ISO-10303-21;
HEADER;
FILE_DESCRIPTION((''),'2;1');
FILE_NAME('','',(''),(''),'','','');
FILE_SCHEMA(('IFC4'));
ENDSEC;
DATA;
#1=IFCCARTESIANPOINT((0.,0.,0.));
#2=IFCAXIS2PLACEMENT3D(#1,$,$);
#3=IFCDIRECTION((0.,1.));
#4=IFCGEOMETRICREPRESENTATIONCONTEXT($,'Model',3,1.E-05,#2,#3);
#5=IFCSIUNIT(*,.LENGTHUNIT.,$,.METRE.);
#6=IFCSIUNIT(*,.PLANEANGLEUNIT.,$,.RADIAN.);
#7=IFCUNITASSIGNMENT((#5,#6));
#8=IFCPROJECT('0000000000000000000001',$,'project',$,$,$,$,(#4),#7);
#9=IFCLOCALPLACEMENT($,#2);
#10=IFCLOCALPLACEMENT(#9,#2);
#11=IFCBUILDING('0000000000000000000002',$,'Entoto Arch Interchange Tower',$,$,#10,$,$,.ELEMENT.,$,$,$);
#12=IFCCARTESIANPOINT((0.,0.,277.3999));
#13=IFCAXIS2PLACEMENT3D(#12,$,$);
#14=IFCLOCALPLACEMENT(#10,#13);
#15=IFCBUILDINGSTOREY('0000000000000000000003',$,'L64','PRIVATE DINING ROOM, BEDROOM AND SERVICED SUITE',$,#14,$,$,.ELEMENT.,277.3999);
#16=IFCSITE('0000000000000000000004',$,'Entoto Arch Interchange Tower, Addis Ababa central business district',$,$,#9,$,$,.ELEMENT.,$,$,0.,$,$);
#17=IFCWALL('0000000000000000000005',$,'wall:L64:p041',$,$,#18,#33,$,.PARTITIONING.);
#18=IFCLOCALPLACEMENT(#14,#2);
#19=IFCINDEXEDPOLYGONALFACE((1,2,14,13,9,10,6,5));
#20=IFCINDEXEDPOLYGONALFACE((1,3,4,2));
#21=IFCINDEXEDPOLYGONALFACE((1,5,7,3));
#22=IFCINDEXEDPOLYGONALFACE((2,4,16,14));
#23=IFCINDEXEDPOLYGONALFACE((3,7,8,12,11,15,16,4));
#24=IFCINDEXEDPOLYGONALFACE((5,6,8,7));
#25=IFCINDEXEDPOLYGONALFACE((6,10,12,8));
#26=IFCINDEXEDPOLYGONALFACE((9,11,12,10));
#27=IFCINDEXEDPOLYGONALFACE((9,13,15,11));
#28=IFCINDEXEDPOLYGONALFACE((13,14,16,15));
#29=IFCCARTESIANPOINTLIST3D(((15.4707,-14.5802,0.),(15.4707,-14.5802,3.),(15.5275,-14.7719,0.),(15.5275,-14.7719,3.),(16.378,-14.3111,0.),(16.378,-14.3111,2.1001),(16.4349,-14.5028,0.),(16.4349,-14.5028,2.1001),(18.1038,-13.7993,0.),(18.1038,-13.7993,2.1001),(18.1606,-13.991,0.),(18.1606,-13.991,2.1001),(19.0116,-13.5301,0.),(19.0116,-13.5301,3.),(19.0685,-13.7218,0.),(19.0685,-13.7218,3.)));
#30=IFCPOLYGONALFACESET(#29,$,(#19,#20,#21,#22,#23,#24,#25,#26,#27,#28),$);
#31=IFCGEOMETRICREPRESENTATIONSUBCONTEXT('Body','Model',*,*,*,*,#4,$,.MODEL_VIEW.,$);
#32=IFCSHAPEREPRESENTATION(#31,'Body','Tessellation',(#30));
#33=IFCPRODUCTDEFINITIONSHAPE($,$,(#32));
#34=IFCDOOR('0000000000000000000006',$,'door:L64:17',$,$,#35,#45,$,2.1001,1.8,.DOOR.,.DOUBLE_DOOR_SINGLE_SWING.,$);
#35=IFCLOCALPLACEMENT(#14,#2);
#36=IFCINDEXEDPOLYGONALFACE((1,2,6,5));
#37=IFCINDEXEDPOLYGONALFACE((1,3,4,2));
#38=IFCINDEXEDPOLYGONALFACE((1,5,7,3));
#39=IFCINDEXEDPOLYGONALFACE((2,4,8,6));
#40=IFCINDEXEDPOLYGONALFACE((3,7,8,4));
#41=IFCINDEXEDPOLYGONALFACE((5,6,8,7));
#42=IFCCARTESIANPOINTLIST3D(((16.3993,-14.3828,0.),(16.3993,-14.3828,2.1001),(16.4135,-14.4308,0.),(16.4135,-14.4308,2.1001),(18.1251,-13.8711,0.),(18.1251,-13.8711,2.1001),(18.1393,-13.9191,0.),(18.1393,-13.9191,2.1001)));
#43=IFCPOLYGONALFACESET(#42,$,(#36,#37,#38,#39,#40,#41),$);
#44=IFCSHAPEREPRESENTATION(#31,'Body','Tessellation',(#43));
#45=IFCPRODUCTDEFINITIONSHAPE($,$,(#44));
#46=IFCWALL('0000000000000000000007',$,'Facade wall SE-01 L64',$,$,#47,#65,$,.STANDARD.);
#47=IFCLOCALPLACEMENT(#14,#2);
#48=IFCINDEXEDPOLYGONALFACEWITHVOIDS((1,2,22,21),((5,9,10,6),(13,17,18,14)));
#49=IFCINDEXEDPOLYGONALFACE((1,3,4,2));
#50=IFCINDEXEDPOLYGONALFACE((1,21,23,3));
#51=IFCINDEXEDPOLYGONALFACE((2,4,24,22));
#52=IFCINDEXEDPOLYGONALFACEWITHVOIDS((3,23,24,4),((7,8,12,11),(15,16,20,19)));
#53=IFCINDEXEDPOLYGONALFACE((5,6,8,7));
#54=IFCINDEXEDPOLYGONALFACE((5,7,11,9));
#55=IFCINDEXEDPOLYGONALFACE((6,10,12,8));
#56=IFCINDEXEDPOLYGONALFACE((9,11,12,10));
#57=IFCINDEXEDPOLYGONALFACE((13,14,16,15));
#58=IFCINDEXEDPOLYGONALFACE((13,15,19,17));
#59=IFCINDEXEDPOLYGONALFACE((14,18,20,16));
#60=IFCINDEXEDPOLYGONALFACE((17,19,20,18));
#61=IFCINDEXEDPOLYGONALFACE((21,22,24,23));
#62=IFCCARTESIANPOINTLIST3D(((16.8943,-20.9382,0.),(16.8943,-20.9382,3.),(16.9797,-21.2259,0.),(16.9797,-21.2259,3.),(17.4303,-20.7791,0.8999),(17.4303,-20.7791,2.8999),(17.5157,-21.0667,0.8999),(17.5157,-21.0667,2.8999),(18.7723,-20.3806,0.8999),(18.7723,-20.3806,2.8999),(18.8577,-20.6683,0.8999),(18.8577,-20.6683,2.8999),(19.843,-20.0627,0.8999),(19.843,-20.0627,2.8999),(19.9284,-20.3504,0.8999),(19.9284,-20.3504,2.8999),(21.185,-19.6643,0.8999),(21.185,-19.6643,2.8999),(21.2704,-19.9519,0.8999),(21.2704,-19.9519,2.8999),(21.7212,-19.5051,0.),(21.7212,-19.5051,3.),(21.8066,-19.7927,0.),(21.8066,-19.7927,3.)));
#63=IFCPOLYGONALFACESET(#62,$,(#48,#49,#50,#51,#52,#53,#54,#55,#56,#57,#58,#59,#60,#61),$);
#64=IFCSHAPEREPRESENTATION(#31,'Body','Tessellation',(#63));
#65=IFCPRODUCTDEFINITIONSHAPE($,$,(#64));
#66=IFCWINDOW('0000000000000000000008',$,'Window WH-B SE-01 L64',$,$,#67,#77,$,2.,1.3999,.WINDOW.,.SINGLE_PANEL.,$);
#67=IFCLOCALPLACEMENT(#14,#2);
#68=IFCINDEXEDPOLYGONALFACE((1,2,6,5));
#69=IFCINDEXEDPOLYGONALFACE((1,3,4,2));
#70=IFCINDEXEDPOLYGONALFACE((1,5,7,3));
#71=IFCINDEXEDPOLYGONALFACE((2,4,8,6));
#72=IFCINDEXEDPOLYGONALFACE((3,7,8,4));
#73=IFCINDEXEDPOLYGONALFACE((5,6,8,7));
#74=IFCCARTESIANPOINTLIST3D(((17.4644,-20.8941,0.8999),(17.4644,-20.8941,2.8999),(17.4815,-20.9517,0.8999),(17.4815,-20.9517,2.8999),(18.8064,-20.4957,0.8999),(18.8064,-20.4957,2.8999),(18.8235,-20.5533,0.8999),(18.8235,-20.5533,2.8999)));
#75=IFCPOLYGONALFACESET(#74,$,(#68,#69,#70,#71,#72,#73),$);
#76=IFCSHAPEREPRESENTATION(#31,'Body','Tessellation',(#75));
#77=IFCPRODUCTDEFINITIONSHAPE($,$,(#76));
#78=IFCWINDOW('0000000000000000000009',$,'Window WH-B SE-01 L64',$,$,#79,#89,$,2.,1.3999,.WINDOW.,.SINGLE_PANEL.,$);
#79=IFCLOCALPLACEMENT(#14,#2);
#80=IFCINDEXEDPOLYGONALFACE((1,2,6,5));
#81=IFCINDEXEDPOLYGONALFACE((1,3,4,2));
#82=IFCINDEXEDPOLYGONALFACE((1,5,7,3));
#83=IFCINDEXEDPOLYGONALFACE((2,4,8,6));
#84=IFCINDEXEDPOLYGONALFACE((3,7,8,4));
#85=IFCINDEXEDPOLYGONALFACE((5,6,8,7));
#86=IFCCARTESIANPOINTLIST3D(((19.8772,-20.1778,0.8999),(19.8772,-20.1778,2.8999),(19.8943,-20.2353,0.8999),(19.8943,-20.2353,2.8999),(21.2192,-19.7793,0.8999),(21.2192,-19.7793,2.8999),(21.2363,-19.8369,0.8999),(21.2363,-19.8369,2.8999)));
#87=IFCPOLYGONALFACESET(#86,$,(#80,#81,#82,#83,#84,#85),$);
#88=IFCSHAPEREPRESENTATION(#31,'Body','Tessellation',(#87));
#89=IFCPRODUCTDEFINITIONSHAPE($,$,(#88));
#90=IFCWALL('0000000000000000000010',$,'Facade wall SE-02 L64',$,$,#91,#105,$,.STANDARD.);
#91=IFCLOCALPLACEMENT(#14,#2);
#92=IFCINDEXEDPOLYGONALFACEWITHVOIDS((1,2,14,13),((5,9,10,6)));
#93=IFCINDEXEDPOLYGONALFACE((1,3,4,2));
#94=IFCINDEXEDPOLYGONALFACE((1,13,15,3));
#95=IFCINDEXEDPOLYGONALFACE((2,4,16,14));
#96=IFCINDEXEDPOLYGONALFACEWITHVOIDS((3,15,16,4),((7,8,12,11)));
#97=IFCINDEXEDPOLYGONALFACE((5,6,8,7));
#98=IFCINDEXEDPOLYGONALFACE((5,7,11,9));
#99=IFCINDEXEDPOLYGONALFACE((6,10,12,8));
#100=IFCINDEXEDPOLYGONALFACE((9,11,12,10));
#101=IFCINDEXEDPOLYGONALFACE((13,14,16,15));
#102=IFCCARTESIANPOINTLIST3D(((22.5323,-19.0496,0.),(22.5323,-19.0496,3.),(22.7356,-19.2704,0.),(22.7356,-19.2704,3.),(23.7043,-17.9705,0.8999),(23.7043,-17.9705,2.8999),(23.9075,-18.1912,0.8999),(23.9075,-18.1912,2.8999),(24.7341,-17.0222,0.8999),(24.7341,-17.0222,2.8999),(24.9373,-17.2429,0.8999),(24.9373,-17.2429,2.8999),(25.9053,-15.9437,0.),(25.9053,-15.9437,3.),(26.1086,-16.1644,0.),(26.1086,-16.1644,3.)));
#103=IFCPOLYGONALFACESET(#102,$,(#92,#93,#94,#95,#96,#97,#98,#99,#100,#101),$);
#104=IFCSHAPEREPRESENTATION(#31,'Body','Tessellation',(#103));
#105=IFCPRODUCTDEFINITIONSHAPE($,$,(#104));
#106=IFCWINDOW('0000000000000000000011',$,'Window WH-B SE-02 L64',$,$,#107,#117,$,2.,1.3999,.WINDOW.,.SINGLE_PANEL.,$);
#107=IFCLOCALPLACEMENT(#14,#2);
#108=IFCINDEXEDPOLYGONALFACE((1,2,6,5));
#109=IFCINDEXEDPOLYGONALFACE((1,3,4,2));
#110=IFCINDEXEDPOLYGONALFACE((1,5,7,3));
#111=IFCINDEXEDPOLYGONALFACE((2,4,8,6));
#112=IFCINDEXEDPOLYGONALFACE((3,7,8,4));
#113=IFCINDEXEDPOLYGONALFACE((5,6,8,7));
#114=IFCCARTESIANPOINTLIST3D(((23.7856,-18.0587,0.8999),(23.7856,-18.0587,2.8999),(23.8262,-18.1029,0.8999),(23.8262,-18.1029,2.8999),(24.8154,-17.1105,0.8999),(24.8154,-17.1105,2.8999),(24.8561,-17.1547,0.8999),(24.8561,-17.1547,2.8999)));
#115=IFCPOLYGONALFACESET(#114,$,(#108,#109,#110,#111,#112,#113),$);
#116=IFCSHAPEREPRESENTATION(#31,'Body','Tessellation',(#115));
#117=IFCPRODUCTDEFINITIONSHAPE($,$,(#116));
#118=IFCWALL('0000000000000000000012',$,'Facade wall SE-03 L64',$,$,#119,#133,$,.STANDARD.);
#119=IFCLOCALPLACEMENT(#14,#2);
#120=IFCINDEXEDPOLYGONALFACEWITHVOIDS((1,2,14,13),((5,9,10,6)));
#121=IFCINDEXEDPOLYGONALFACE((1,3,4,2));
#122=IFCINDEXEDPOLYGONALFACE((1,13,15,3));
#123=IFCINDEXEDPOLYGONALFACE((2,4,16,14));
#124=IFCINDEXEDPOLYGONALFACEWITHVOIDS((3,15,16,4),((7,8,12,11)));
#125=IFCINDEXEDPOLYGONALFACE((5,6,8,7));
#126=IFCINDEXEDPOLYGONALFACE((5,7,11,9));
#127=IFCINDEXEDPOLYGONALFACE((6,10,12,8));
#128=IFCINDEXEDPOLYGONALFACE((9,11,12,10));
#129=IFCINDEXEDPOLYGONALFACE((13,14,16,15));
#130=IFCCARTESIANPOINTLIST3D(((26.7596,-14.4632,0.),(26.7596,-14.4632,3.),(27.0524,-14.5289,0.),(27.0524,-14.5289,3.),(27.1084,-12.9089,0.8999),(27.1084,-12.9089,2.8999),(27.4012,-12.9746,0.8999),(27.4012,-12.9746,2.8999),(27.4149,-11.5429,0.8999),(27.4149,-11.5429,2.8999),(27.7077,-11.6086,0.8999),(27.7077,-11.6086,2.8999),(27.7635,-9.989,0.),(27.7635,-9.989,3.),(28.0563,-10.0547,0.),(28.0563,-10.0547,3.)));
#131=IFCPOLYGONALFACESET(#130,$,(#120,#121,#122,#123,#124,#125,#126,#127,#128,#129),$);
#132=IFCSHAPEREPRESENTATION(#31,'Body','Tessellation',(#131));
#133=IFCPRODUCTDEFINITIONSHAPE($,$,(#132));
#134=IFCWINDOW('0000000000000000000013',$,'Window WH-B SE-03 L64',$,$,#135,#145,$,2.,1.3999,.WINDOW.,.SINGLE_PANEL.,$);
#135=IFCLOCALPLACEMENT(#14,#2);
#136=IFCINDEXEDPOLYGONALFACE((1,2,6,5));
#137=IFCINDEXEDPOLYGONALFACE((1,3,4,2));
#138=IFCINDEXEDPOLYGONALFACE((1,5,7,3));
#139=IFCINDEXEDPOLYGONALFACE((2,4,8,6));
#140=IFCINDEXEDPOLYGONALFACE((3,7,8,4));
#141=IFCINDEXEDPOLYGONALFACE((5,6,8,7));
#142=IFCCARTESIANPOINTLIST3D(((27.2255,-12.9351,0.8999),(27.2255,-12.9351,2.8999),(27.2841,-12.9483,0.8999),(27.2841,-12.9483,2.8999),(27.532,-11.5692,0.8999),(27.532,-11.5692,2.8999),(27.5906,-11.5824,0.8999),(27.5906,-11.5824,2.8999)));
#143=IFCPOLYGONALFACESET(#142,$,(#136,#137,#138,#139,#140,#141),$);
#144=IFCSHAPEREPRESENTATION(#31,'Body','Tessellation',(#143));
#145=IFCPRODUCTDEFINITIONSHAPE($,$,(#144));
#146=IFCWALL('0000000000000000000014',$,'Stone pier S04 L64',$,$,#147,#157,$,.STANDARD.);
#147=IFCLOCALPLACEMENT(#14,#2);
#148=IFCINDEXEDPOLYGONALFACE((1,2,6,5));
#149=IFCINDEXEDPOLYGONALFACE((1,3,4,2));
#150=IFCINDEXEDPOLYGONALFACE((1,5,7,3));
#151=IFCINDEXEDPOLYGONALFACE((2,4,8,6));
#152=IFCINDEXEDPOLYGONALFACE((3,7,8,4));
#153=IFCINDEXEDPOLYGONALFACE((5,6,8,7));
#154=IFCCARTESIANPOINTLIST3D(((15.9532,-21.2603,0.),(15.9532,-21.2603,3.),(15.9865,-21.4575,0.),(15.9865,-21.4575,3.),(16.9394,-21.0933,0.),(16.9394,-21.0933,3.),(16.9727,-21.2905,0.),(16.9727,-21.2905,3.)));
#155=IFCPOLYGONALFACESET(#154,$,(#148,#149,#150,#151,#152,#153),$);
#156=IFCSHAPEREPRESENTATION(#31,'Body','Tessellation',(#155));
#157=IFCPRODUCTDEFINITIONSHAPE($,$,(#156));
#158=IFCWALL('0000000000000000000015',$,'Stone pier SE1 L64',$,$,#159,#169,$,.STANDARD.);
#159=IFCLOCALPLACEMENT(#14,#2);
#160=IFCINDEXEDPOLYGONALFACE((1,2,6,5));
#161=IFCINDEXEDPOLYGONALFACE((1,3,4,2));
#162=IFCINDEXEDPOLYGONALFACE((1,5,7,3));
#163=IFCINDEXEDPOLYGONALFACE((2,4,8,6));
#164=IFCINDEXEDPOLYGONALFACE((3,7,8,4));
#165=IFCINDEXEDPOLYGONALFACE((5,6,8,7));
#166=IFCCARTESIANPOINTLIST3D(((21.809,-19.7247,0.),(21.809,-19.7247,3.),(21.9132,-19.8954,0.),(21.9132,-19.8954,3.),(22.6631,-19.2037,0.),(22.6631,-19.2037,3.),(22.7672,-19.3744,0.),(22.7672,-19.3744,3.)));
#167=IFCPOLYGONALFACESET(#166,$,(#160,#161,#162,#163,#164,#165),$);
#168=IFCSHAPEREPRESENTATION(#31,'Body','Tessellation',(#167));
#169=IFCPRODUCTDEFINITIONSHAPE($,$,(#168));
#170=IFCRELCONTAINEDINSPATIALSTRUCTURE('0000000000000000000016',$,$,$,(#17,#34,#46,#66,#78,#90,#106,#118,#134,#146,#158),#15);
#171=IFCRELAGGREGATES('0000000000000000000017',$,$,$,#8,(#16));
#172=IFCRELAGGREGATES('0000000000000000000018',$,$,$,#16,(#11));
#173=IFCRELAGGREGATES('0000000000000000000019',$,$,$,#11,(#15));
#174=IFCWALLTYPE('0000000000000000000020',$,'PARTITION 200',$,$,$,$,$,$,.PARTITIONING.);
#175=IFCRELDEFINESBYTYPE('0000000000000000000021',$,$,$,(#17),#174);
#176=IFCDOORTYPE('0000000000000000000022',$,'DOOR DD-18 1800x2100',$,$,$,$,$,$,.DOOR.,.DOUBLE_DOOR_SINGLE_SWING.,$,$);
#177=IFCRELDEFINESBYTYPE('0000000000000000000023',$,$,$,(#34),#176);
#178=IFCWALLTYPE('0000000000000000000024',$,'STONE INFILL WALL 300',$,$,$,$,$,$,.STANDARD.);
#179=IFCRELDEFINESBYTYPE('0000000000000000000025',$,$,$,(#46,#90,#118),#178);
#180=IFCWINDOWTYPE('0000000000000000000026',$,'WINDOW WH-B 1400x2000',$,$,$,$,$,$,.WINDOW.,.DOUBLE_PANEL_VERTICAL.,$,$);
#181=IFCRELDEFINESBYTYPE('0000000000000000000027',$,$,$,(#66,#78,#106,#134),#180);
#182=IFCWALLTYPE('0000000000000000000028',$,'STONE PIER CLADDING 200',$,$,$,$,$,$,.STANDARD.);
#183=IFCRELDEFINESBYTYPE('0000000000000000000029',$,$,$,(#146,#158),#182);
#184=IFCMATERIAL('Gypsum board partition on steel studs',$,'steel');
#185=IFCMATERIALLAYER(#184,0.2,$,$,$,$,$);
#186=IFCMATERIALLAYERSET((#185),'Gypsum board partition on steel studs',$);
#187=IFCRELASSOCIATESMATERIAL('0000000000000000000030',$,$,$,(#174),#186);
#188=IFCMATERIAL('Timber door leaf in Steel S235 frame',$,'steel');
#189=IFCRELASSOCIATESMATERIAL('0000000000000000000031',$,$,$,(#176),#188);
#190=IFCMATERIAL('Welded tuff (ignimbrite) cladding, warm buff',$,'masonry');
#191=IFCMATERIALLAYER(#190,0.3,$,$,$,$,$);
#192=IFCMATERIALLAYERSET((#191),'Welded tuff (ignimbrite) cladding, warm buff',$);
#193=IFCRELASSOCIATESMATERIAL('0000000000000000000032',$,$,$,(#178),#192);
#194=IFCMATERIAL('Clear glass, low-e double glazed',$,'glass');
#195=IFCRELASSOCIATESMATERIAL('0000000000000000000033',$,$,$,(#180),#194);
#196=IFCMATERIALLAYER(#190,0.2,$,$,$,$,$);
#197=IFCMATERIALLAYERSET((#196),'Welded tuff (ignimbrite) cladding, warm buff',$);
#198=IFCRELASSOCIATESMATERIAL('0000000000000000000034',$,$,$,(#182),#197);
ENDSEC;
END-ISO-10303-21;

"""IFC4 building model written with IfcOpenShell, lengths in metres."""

from ifc_helpers import new_model, si_unit, direction, frame, frame_2d, origin, place, context, subcontext, project, spatial, rectangle, extrude, material, layer, layer_set, type_object, element, fill, save


model = new_model("IFC4")

# Units and contexts
model_context = context("Model", 3, precision=1e-05, world=origin(), true_north=direction((0.0, 1.0)))
body_context = subcontext(model_context, "Body", "Model", "MODEL_VIEW")
ifc_project = project(units=[si_unit("LENGTHUNIT", "METRE"), si_unit("PLANEANGLEUNIT", "RADIAN")], contexts=[model_context])

# Site, building, storey
site_placement = place(None, origin())
site = spatial("IfcSite", under=ifc_project, at=site_placement, Name="Entoto Arch Interchange Tower, Addis Ababa central business district", CompositionType="ELEMENT", RefElevation=0.0)
building_placement = place(site_placement, origin())
building = spatial("IfcBuilding", under=site, at=building_placement, Name="Entoto Arch Interchange Tower", CompositionType="ELEMENT")
storey_placement = place(building_placement, frame((0.0, 0.0, 277.3999)))
storey = spatial("IfcBuildingStorey", under=building, at=storey_placement, Name="L64", Description="PRIVATE DINING ROOM, BEDROOM AND SERVICED SUITE", CompositionType="ELEMENT", Elevation=277.3999)

# Shared definitions
ifc_material_1 = material(Name="Gypsum board partition on steel studs", Category="steel")
ifc_layer_1 = layer(ifc_material_1, 0.2)
ifc_layer_set_1 = layer_set([ifc_layer_1], Name="Gypsum board partition on steel studs")
wall_type_1 = type_object("IfcWallType", Name="PARTITION 200", PredefinedType="PARTITIONING", material=ifc_layer_set_1)

# Shared definitions
ifc_material_2 = material(Name="Timber door leaf in Steel S235 frame", Category="steel")

# Wall, opening, door
wall_1_placement = place(storey_placement, frame((19.04, -13.626, 0.0), z_axis=(0.0, 0.0, 1.0), x_axis=(-0.958735, -0.284302, 0.0)))
wall_1 = element("IfcWall", 1, at=wall_1_placement, inside=storey, type_object=wall_type_1, Name="wall:L64:p041", PredefinedType="PARTITIONING", context=body_context, shape_type="SweptSolid", body=[
    extrude(rectangle(XDim=3.6934, YDim=0.2, at=frame_2d((1.8467, 0.0))), origin(), (0.0, 0.0, 1.0), 3.0),
])
opening_1_placement = place(wall_1_placement, frame((0.947, 0.0, 0.0)))
opening_1 = element("IfcOpeningElement", 2, at=opening_1_placement, cuts=wall_1, PredefinedType="OPENING", context=body_context, shape_type="SweptSolid", body=[
    extrude(rectangle(XDim=1.8, YDim=2.1001, at=frame_2d((0.8999, 1.05))), frame((0.0, 0.1099, 0.0), z_axis=(0.0, -1.0, 0.0), x_axis=(1.0, 0.0, 0.0)), (0.0, 0.0, 1.0), 0.22),
])
door_type_1 = type_object("IfcDoorType", Name="DOOR DD-18 1800x2100", OperationType="DOUBLE_DOOR_SINGLE_SWING", PredefinedType="DOOR", material=ifc_material_2)
door_1_placement = place(opening_1_placement, origin())
door_1 = element("IfcDoor", 3, at=door_1_placement, inside=storey, type_object=door_type_1, Name="door:L64:17", OperationType="DOUBLE_DOOR_SINGLE_SWING", OverallHeight=2.1001, OverallWidth=1.8, PredefinedType="DOOR", context=body_context, shape_type="SweptSolid", body=[
    extrude(rectangle(XDim=1.8, YDim=2.1001, at=frame_2d((0.8999, 1.05))), frame((0.0, 0.0249, 0.0), z_axis=(0.0, -1.0, 0.0), x_axis=(1.0, 0.0, 0.0)), (0.0, 0.0, 1.0), 0.05),
])
fill(opening_1, door_1)

# Wall, openings, windows
ifc_material_3 = material(Name="Welded tuff (ignimbrite) cladding, warm buff", Category="masonry")
ifc_layer_2 = layer(ifc_material_3, 0.3)
ifc_layer_set_2 = layer_set([ifc_layer_2], Name="Welded tuff (ignimbrite) cladding, warm buff")
wall_type_2 = type_object("IfcWallType", Name="STONE INFILL WALL 300", PredefinedType="STANDARD", material=ifc_layer_set_2)
wall_2_placement = place(storey_placement, frame((16.937, -21.082, 0.0), z_axis=(0.0, 0.0, 1.0), x_axis=(0.95864, 0.28462, 0.0)))
wall_2 = element("IfcWall", 4, at=wall_2_placement, inside=storey, type_object=wall_type_2, Name="Facade wall SE-01 L64", PredefinedType="STANDARD", context=body_context, shape_type="SweptSolid", body=[
    extrude(rectangle(XDim=5.0352, YDim=0.3, at=frame_2d((2.5176, 0.0))), origin(), (0.0, 0.0, 1.0), 3.0),
])
opening_2_placement = place(wall_2_placement, frame((0.5591, 0.0, 0.8999)))
opening_2 = element("IfcOpeningElement", 5, at=opening_2_placement, cuts=wall_2, PredefinedType="OPENING", context=body_context, shape_type="SweptSolid", body=[
    extrude(rectangle(XDim=1.3999, YDim=2.0, at=frame_2d((0.7, 1.0))), frame((0.0, 0.1602, 0.0), z_axis=(0.0, -1.0, 0.0), x_axis=(1.0, 0.0, 0.0)), (0.0, 0.0, 1.0), 0.3201),
])
opening_3_placement = place(wall_2_placement, frame((3.0759, 0.0, 0.8999)))
opening_3 = element("IfcOpeningElement", 6, at=opening_3_placement, cuts=wall_2, PredefinedType="OPENING", context=body_context, shape_type="SweptSolid", body=[
    extrude(rectangle(XDim=1.3999, YDim=2.0, at=frame_2d((0.7, 1.0))), frame((0.0, 0.1602, 0.0), z_axis=(0.0, -1.0, 0.0), x_axis=(1.0, 0.0, 0.0)), (0.0, 0.0, 1.0), 0.3201),
])
ifc_material_4 = material(Name="Clear glass, low-e double glazed", Category="glass")
window_type = type_object("IfcWindowType", Name="WINDOW WH-B 1400x2000", PartitioningType="DOUBLE_PANEL_VERTICAL", PredefinedType="WINDOW", material=ifc_material_4)
window_1_placement = place(opening_2_placement, origin())
window_1 = element("IfcWindow", 7, at=window_1_placement, inside=storey, type_object=window_type, Name="Window WH-B SE-01 L64", OverallHeight=2.0, OverallWidth=1.3999, PartitioningType="SINGLE_PANEL", PredefinedType="WINDOW", context=body_context, shape_type="SweptSolid", body=[
    extrude(rectangle(XDim=1.3999, YDim=2.0, at=frame_2d((0.7, 1.0))), frame((0.0, 0.03, 0.0), z_axis=(0.0, -1.0, 0.0), x_axis=(1.0, 0.0, 0.0)), (0.0, 0.0, 1.0), 0.0601),
])
fill(opening_2, window_1)
window_2_placement = place(opening_3_placement, origin())
window_2 = element("IfcWindow", 8, at=window_2_placement, inside=storey, type_object=window_type, Name="Window WH-B SE-01 L64", OverallHeight=2.0, OverallWidth=1.3999, PartitioningType="SINGLE_PANEL", PredefinedType="WINDOW", context=body_context, shape_type="SweptSolid", body=[
    extrude(rectangle(XDim=1.3999, YDim=2.0, at=frame_2d((0.7, 1.0))), frame((0.0, 0.03, 0.0), z_axis=(0.0, -1.0, 0.0), x_axis=(1.0, 0.0, 0.0)), (0.0, 0.0, 1.0), 0.0601),
])
fill(opening_3, window_2)

# Walls, openings, windows
wall_3_placement = place(storey_placement, frame((22.634, -19.1599, 0.0), z_axis=(0.0, 0.0, 1.0), x_axis=(0.735632, 0.677382, 0.0)))
wall_3 = element("IfcWall", 9, at=wall_3_placement, inside=storey, type_object=wall_type_2, Name="Facade wall SE-02 L64", PredefinedType="STANDARD", context=body_context, shape_type="SweptSolid", body=[
    extrude(rectangle(XDim=4.5852, YDim=0.3, at=frame_2d((2.2925, 0.0))), origin(), (0.0, 0.0, 1.0), 3.0),
])
opening_4_placement = place(wall_3_placement, frame((1.593, 0.0, 0.8999)))
opening_4 = element("IfcOpeningElement", 10, at=opening_4_placement, cuts=wall_3, PredefinedType="OPENING", context=body_context, shape_type="SweptSolid", body=[
    extrude(rectangle(XDim=1.3999, YDim=2.0, at=frame_2d((0.7, 1.0))), frame((0.0, 0.1602, 0.0), z_axis=(0.0, -1.0, 0.0), x_axis=(1.0, 0.0, 0.0)), (0.0, 0.0, 1.0), 0.3201),
])
window_3_placement = place(opening_4_placement, origin())
window_3 = element("IfcWindow", 11, at=window_3_placement, inside=storey, type_object=window_type, Name="Window WH-B SE-02 L64", OverallHeight=2.0, OverallWidth=1.3999, PartitioningType="SINGLE_PANEL", PredefinedType="WINDOW", context=body_context, shape_type="SweptSolid", body=[
    extrude(rectangle(XDim=1.3999, YDim=2.0, at=frame_2d((0.7, 1.0))), frame((0.0, 0.03, 0.0), z_axis=(0.0, -1.0, 0.0), x_axis=(1.0, 0.0, 0.0)), (0.0, 0.0, 1.0), 0.0601),
])
fill(opening_4, window_3)
wall_4_placement = place(storey_placement, frame((26.906, -14.4961, 0.0), z_axis=(0.0, 0.0, 1.0), x_axis=(0.218937, 0.975739, 0.0)))
wall_4 = element("IfcWall", 12, at=wall_4_placement, inside=storey, type_object=wall_type_2, Name="Facade wall SE-03 L64", PredefinedType="STANDARD", context=body_context, shape_type="SweptSolid", body=[
    extrude(rectangle(XDim=4.5854, YDim=0.3, at=frame_2d((2.2927, 0.0))), origin(), (0.0, 0.0, 1.0), 3.0),
])
opening_5_placement = place(wall_4_placement, frame((1.593, 0.0, 0.8999)))
opening_5 = element("IfcOpeningElement", 13, at=opening_5_placement, cuts=wall_4, PredefinedType="OPENING", context=body_context, shape_type="SweptSolid", body=[
    extrude(rectangle(XDim=1.3999, YDim=2.0, at=frame_2d((0.7, 1.0))), frame((0.0, 0.1602, 0.0), z_axis=(0.0, -1.0, 0.0), x_axis=(1.0, 0.0, 0.0)), (0.0, 0.0, 1.0), 0.3201),
])
window_4_placement = place(opening_5_placement, origin())
window_4 = element("IfcWindow", 14, at=window_4_placement, inside=storey, type_object=window_type, Name="Window WH-B SE-03 L64", OverallHeight=2.0, OverallWidth=1.3999, PartitioningType="SINGLE_PANEL", PredefinedType="WINDOW", context=body_context, shape_type="SweptSolid", body=[
    extrude(rectangle(XDim=1.3999, YDim=2.0, at=frame_2d((0.7, 1.0))), frame((0.0, 0.03, 0.0), z_axis=(0.0, -1.0, 0.0), x_axis=(1.0, 0.0, 0.0)), (0.0, 0.0, 1.0), 0.0601),
])
fill(opening_5, window_4)

# Walls
ifc_layer_3 = layer(ifc_material_3, 0.2)
ifc_layer_set_3 = layer_set([ifc_layer_3], Name="Welded tuff (ignimbrite) cladding, warm buff")
wall_type_3 = type_object("IfcWallType", Name="STONE PIER CLADDING 200", PredefinedType="STANDARD", material=ifc_layer_set_3)
wall_5_placement = place(storey_placement, frame((15.97, -21.3589, 0.0), z_axis=(0.0, 0.0, 1.0), x_axis=(0.985962, 0.166971, 0.0)))
element("IfcWall", 15, at=wall_5_placement, inside=storey, type_object=wall_type_3, Name="Stone pier S04 L64", PredefinedType="STANDARD", context=body_context, shape_type="SweptSolid", body=[
    extrude(rectangle(XDim=1.0002, YDim=0.2, at=frame_2d((0.5, 0.0))), origin(), (0.0, 0.0, 1.0), 3.0),
])
wall_6_placement = place(storey_placement, frame((21.8611, -19.8101, 0.0), z_axis=(0.0, 0.0, 1.0), x_axis=(0.85368, 0.520798, 0.0)))
element("IfcWall", 16, at=wall_6_placement, inside=storey, type_object=wall_type_3, Name="Stone pier SE1 L64", PredefinedType="STANDARD", context=body_context, shape_type="SweptSolid", body=[
    extrude(rectangle(XDim=1.0005, YDim=0.2, at=frame_2d((0.5002, 0.0))), origin(), (0.0, 0.0, 1.0), 3.0),
])

save(model, "model.ifc")
